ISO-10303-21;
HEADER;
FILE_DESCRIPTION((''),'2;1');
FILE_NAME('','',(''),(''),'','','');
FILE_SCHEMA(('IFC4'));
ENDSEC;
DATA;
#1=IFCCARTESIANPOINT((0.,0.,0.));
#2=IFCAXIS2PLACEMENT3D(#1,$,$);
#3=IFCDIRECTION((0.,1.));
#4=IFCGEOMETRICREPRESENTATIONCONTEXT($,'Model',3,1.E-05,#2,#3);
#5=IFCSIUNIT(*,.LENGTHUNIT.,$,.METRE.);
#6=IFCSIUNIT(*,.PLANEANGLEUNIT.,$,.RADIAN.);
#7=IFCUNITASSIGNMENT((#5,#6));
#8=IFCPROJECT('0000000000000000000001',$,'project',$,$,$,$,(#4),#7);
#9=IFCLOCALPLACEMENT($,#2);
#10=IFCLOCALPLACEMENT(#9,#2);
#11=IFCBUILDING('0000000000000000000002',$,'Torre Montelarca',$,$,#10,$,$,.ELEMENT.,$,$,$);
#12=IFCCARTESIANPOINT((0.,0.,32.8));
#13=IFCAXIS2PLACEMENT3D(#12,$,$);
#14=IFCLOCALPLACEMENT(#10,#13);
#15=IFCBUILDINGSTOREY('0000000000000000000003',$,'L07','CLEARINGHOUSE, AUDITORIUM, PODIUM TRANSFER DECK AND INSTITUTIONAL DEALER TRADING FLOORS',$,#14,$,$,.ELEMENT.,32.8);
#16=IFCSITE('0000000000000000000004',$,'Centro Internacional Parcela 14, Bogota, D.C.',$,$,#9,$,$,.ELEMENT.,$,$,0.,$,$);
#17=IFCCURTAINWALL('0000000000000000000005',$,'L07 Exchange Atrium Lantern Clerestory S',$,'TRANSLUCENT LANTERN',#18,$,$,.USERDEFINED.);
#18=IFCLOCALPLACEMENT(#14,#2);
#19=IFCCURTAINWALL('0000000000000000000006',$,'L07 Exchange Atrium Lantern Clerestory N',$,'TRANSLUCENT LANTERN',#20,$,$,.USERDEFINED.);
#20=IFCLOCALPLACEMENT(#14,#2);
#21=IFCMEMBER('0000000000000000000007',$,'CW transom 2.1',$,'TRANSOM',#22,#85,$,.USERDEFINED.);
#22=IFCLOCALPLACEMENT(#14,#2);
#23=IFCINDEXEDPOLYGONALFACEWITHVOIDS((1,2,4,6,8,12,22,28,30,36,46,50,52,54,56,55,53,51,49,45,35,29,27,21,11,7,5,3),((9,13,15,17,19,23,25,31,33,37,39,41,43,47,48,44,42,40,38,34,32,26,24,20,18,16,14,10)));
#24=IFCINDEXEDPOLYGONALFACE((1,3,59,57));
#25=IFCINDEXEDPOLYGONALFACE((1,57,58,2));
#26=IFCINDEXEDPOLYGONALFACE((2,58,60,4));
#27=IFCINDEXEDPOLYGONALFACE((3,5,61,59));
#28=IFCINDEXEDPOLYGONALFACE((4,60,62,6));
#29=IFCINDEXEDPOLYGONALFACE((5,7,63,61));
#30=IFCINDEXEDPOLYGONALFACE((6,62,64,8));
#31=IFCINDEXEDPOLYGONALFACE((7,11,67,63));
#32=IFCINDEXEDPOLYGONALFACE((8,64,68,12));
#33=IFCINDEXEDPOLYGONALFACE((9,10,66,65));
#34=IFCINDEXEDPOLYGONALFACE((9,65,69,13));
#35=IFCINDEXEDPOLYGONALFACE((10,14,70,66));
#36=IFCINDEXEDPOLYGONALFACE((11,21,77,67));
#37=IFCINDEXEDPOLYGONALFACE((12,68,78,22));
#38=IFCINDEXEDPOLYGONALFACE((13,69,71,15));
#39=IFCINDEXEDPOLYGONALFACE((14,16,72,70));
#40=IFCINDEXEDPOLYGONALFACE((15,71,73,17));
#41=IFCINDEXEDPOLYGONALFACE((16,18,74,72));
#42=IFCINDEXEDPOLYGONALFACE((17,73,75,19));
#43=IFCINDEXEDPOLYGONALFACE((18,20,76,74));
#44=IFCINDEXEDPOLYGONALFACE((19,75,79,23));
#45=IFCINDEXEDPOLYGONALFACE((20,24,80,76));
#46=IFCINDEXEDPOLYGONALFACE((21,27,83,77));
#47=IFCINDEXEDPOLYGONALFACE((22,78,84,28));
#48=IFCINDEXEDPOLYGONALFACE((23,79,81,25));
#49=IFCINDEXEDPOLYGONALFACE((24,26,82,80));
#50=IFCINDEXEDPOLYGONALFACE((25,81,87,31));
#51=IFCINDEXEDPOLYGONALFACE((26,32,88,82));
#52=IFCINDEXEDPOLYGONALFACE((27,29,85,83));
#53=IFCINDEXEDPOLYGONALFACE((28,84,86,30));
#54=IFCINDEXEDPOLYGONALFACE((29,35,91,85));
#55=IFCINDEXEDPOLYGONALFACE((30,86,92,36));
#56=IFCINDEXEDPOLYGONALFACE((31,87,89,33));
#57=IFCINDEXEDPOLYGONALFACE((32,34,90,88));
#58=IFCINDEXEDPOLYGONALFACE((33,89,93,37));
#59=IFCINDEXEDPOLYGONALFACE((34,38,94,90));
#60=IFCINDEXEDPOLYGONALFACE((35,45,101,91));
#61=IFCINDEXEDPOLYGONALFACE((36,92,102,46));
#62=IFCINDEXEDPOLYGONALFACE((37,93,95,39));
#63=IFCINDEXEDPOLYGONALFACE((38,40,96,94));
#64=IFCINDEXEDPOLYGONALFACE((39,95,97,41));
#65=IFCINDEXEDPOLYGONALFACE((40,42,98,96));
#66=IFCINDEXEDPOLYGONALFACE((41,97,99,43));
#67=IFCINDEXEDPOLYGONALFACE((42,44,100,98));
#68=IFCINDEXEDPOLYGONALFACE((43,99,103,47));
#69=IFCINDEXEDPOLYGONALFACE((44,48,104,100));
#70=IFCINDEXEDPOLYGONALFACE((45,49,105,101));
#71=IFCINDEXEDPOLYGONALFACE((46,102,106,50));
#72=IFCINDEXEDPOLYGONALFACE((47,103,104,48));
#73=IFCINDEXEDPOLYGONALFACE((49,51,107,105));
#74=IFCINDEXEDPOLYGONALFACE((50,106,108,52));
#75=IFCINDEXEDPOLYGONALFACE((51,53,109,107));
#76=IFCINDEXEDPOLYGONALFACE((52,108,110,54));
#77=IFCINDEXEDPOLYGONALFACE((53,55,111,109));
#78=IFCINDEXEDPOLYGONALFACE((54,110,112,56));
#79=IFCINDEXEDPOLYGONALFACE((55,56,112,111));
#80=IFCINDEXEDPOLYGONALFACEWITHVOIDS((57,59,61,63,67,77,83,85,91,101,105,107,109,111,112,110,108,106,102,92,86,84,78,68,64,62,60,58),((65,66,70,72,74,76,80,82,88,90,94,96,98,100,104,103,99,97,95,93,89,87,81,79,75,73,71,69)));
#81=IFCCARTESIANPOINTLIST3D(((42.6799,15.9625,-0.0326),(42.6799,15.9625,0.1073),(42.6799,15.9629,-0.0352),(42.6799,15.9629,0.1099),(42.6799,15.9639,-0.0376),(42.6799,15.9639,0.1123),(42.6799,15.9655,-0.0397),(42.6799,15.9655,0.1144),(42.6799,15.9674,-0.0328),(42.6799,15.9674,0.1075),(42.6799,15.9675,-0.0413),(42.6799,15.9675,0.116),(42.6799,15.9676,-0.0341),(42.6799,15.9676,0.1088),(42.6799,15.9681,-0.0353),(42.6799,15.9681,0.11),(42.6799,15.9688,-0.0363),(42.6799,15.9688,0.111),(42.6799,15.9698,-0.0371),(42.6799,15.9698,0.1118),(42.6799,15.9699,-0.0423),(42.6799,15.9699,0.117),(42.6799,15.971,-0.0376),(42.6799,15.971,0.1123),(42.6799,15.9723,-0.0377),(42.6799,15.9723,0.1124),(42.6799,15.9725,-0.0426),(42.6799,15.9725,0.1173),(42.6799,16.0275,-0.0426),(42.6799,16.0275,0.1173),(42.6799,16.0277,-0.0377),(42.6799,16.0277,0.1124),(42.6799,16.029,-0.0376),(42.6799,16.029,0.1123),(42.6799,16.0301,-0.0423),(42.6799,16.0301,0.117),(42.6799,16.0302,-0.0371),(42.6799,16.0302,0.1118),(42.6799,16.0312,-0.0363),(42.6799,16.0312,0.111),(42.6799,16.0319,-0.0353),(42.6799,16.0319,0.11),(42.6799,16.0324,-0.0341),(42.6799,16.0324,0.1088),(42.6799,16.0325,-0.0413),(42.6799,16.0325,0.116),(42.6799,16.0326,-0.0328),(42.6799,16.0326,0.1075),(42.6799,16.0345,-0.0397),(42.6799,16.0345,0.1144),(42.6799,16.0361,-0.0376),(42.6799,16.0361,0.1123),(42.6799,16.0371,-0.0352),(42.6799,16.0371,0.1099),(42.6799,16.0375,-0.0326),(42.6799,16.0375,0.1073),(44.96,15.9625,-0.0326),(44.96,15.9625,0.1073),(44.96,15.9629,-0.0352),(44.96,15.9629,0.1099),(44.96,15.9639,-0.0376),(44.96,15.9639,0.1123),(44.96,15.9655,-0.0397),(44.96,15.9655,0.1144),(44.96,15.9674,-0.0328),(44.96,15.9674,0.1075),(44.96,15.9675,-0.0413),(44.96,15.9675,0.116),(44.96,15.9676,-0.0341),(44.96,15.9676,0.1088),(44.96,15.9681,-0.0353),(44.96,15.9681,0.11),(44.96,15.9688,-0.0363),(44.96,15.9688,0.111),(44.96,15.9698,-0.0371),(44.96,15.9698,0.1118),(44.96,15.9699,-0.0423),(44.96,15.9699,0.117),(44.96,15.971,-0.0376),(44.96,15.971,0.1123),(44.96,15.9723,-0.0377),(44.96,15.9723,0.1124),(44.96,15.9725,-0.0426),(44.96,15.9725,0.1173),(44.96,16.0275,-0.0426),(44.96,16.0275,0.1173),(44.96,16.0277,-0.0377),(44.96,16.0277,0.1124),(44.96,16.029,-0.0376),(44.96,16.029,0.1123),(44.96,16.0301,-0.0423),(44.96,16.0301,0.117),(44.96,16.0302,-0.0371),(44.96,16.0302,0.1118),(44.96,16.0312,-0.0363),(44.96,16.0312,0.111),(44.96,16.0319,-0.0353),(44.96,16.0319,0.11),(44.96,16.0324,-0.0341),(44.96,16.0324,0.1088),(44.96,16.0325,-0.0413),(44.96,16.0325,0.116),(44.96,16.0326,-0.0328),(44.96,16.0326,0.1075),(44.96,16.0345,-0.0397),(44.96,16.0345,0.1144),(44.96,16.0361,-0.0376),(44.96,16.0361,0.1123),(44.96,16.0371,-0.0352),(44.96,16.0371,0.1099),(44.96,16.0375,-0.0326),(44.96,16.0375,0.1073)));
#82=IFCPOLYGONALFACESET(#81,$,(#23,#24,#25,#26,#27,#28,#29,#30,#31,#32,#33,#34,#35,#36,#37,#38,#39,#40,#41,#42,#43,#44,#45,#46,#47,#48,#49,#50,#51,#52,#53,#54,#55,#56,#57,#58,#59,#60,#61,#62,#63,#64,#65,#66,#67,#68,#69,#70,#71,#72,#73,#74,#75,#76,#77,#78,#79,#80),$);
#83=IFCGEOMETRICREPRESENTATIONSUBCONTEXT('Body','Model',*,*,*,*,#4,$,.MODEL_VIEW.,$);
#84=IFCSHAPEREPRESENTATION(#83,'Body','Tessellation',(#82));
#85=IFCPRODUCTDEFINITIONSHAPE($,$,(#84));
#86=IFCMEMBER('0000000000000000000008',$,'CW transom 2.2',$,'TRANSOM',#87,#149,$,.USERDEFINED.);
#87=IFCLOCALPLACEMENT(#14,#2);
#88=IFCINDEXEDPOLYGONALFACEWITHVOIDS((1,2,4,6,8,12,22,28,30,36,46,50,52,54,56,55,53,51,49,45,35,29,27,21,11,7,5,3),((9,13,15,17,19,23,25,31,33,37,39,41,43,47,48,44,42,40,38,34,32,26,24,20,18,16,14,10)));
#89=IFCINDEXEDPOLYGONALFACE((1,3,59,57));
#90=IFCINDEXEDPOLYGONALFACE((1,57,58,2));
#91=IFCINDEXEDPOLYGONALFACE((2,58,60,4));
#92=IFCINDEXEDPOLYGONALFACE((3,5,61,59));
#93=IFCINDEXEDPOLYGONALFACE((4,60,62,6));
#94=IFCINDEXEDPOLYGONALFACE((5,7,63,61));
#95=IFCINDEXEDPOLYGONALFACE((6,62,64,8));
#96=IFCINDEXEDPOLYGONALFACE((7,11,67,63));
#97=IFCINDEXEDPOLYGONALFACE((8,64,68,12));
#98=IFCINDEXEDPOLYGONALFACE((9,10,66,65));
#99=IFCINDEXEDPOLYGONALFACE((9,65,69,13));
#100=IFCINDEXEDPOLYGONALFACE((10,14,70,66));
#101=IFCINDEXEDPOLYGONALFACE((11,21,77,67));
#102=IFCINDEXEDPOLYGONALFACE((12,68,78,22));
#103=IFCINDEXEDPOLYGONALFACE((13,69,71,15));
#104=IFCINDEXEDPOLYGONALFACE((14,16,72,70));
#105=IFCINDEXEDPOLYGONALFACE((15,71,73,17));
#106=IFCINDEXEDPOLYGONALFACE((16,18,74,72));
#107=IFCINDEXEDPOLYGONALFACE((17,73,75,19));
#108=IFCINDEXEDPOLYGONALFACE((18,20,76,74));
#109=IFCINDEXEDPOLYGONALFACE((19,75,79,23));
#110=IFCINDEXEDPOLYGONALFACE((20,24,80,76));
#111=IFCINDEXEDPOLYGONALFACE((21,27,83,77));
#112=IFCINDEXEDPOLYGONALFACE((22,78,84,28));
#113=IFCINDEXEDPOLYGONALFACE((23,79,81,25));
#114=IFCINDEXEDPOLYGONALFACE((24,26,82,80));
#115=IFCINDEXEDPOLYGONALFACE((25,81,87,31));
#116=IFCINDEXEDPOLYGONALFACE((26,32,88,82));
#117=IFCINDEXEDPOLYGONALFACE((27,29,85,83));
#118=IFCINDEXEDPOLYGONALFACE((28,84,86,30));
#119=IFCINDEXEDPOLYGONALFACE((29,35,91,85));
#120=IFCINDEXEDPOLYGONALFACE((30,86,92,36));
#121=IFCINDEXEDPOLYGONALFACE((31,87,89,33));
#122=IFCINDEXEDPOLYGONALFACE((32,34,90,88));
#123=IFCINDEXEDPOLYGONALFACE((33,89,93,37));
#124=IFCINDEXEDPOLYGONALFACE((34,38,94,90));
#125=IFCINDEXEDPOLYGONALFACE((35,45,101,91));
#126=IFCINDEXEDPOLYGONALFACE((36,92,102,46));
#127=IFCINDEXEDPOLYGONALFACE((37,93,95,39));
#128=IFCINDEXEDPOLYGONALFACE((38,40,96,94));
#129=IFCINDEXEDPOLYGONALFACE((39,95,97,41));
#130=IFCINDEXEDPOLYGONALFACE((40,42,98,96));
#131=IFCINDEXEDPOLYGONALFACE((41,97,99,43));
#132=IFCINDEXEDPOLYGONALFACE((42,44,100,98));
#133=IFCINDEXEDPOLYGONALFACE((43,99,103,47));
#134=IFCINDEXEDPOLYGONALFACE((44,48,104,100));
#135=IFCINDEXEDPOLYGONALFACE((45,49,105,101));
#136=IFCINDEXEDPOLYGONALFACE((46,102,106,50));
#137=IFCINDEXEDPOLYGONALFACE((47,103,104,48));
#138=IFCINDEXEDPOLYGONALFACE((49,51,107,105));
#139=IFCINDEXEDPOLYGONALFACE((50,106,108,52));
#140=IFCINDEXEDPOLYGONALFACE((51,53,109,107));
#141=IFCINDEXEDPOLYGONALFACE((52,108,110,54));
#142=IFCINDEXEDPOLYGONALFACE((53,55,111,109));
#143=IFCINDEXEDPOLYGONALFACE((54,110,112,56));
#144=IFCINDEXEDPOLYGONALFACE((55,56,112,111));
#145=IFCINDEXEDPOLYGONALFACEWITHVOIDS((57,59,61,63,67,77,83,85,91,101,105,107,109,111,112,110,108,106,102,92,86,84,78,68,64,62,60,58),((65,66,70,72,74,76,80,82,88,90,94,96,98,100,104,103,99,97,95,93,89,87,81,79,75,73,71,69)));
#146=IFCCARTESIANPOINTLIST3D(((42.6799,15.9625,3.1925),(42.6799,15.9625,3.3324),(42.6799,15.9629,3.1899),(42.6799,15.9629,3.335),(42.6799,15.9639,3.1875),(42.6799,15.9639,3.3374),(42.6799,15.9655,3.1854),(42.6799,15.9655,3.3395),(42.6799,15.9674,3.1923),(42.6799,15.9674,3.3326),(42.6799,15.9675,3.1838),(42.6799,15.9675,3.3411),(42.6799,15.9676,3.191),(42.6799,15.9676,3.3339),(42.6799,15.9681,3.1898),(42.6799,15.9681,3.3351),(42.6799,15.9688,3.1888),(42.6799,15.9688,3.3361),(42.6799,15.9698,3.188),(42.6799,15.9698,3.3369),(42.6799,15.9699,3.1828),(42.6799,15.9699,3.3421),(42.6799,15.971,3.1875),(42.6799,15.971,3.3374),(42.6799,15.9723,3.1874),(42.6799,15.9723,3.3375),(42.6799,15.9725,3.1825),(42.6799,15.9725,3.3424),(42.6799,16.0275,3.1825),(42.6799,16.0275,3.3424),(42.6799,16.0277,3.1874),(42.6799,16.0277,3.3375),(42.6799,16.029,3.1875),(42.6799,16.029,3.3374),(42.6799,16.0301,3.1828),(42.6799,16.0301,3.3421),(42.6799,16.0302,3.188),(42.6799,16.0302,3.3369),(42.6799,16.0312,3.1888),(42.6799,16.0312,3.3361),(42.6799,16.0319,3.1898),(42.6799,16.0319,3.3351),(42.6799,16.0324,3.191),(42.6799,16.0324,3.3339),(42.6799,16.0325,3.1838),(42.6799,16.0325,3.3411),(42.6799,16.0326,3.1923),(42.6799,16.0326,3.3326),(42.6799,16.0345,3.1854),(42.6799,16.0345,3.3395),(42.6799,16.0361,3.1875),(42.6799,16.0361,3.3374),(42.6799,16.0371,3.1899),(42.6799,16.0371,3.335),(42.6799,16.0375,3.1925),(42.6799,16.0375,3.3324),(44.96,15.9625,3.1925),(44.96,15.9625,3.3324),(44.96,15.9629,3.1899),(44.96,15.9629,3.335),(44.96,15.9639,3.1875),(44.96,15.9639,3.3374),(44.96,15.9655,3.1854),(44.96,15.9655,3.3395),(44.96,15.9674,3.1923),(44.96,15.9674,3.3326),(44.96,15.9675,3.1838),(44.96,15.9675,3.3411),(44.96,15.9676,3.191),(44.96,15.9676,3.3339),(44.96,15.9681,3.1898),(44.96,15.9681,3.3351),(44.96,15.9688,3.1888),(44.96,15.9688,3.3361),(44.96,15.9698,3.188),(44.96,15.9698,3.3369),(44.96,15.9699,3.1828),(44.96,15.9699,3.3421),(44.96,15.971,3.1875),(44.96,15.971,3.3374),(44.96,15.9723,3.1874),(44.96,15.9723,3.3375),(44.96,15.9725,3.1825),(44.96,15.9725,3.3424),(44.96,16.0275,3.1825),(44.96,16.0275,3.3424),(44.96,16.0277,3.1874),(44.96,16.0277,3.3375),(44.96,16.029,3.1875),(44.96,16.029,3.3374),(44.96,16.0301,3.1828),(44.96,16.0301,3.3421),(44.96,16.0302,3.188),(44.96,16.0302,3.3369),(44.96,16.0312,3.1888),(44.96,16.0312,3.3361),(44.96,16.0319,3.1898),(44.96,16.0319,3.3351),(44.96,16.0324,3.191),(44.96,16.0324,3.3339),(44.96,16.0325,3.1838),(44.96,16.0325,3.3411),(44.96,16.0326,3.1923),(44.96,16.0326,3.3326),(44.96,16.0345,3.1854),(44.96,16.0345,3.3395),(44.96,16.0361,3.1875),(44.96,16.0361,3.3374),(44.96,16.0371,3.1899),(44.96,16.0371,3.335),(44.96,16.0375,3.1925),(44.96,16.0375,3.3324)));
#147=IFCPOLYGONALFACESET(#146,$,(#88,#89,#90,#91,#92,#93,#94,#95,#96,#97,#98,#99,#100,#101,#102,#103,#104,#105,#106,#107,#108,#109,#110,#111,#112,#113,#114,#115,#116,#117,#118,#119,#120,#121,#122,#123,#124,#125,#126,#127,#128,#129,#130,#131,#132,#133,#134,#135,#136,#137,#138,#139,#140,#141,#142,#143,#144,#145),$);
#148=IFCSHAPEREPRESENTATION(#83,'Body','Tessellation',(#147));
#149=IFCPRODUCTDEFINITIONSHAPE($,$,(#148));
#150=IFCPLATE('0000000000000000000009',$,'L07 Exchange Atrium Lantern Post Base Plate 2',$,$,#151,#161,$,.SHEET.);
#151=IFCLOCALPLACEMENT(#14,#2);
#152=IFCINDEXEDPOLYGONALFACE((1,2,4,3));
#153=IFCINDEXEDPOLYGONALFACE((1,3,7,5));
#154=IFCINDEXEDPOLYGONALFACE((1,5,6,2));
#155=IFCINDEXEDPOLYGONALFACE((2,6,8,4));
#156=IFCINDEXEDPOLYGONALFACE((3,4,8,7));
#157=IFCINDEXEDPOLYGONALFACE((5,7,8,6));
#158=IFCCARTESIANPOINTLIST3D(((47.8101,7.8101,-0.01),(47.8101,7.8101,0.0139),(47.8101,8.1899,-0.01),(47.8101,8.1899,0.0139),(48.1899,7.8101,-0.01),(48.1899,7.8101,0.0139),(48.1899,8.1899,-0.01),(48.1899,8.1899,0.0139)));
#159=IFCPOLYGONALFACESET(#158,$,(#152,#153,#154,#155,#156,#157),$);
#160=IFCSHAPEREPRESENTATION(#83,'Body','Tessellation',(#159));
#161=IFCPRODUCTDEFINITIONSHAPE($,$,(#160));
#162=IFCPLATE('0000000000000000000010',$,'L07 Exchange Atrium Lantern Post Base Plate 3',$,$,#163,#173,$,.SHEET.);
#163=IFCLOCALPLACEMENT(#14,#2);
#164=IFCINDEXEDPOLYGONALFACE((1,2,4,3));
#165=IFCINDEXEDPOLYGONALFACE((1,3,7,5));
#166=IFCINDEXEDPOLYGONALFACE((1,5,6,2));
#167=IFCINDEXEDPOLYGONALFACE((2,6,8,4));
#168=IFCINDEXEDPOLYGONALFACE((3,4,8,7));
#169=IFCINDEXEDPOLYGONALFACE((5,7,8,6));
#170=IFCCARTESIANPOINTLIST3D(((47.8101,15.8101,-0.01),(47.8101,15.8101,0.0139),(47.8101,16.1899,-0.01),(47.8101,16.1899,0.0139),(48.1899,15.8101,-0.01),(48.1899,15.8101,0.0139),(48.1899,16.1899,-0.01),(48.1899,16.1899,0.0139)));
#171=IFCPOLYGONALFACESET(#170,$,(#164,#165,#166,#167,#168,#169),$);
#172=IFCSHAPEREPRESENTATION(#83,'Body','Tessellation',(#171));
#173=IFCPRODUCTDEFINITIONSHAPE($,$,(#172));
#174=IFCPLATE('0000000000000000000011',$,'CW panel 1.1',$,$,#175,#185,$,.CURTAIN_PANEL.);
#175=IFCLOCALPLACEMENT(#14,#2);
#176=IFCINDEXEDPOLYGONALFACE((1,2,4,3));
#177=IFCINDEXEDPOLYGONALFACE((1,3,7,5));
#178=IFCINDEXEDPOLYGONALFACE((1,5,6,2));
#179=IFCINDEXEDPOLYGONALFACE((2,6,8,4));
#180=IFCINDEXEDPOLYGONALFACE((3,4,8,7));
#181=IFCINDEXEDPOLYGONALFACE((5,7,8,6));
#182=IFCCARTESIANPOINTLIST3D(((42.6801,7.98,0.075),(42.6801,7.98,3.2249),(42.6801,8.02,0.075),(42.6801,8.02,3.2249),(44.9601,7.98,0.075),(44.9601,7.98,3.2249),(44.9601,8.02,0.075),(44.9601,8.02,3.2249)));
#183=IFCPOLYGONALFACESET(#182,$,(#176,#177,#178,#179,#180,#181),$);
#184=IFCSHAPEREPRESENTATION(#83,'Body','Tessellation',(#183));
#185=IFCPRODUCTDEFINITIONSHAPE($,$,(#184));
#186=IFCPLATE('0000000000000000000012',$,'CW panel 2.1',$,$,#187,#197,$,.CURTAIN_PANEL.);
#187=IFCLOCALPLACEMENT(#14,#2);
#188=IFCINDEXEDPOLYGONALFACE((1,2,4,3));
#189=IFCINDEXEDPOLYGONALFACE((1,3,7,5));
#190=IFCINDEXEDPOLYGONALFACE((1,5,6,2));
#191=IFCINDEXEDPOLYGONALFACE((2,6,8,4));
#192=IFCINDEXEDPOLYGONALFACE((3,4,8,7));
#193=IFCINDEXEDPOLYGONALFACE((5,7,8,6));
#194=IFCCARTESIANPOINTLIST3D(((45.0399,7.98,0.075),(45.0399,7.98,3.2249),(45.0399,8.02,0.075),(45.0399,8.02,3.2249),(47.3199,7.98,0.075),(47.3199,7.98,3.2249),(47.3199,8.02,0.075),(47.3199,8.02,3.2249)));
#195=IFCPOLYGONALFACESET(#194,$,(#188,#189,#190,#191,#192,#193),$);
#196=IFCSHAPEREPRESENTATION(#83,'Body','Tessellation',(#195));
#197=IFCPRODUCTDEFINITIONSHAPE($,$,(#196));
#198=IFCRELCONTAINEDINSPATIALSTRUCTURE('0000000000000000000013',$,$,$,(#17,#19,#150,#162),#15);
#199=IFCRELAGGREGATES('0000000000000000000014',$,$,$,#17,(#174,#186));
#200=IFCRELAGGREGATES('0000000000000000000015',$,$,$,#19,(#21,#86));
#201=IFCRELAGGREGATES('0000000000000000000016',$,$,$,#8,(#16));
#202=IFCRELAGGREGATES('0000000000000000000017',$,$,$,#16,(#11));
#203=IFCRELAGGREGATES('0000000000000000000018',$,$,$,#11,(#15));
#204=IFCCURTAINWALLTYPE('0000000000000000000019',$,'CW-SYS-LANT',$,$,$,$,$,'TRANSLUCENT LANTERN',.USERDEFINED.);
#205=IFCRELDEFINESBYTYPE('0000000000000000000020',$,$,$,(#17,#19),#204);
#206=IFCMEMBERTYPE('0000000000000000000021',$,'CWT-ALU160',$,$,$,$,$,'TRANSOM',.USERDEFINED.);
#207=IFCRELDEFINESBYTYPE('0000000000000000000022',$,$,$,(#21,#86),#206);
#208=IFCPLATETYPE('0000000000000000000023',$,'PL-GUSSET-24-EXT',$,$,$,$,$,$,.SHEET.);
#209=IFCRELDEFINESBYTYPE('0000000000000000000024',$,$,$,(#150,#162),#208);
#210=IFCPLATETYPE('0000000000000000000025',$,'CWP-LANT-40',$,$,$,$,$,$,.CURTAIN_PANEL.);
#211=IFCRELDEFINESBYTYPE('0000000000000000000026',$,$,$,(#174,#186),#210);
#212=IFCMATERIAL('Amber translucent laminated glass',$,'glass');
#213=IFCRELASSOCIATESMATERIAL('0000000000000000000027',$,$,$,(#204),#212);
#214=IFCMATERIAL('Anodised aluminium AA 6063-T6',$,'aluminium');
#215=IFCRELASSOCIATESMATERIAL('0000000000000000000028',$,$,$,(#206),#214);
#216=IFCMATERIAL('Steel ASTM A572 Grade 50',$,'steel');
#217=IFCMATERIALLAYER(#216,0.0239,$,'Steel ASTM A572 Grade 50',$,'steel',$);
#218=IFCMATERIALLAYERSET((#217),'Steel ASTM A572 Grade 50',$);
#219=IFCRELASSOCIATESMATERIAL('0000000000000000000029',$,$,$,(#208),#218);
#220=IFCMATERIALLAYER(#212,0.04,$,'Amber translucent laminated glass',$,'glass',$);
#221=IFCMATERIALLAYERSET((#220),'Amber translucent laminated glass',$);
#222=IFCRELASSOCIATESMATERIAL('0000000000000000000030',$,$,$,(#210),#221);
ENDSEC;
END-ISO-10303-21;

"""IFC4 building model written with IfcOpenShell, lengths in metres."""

from ifc_helpers import new_model, si_unit, direction, frame, origin, origin_2d, place, context, subcontext, project, spatial, rectangle, hollow_rectangle, extrude, source, transform, mapped, material, layer, layer_set, material_profile, profile_set, type_object, element, aggregate, save


model = new_model("IFC4")

# Units and contexts
model_context = context("Model", 3, precision=1e-05, world=origin(), true_north=direction((0.0, 1.0)))
body_context = subcontext(model_context, "Body", "Model", "MODEL_VIEW")
ifc_project = project(units=[si_unit("LENGTHUNIT", "METRE"), si_unit("PLANEANGLEUNIT", "RADIAN")], contexts=[model_context])

# Site, building, storey
site_placement = place(None, origin())
site = spatial("IfcSite", under=ifc_project, at=site_placement, Name="Centro Internacional Parcela 14, Bogota, D.C.", CompositionType="ELEMENT", RefElevation=0.0)
building_placement = place(site_placement, origin())
building = spatial("IfcBuilding", under=site, at=building_placement, Name="Torre Montelarca", CompositionType="ELEMENT")
storey_placement = place(building_placement, frame((0.0, 0.0, 32.8)))
storey = spatial("IfcBuildingStorey", under=building, at=storey_placement, Name="L07", Description="CLEARINGHOUSE, AUDITORIUM, PODIUM TRANSFER DECK AND INSTITUTIONAL DEALER TRADING FLOORS", CompositionType="ELEMENT", Elevation=32.8)

# Curtain walls
ifc_material_1 = material(Name="Amber translucent laminated glass", Category="glass")
curtain_wall_type = type_object("IfcCurtainWallType", Name="CW-SYS-LANT", ElementType="TRANSLUCENT LANTERN", PredefinedType="USERDEFINED", material=ifc_material_1)
curtain_wall_1_placement = place(storey_placement, origin())
curtain_wall_1 = element("IfcCurtainWall", 1, at=curtain_wall_1_placement, inside=storey, type_object=curtain_wall_type, Name="L07 Exchange Atrium Lantern Clerestory S", ObjectType="TRANSLUCENT LANTERN", PredefinedType="USERDEFINED")
ifc_material_2 = material(Name="Anodised aluminium AA 6063-T6", Category="aluminium")
curtain_wall_2_placement = place(storey_placement, origin())
curtain_wall_2 = element("IfcCurtainWall", 2, at=curtain_wall_2_placement, inside=storey, type_object=curtain_wall_type, Name="L07 Exchange Atrium Lantern Clerestory N", ObjectType="TRANSLUCENT LANTERN", PredefinedType="USERDEFINED")

# Members
ifc_material_profile_1 = material_profile(ifc_material_2, hollow_rectangle(XDim=0.075, YDim=0.1599, WallThickness=0.0049, InnerFilletRadius=0.0049, OuterFilletRadius=0.01, at=origin_2d()), Name="ALU75X160X5", Category="aluminium")
ifc_profile_set_1 = profile_set([ifc_material_profile_1], Name="Anodised aluminium AA 6063-T6")
member_type_1 = type_object("IfcMemberType", Name="CWT-ALU160", ElementType="TRANSOM", PredefinedType="USERDEFINED", material=ifc_profile_set_1)
shared_shape_1 = source(origin(), body_context, "Body", "SweptSolid", [
    extrude(hollow_rectangle(XDim=0.075, YDim=0.1599, WallThickness=0.0049, InnerFilletRadius=0.0049, OuterFilletRadius=0.01, at=origin_2d()), origin(), (0.0, 0.0, 1.0), 2.28),
])
member_1_placement = place(storey_placement, frame((44.96, 16.0, 0.0374), z_axis=(-1.0, 0.0, 0.0), x_axis=(0.0, -1.0, 0.0)))
member_1 = element("IfcMember", 3, at=member_1_placement, type_object=member_type_1, Name="CW transom 2.1", ObjectType="TRANSOM", PredefinedType="USERDEFINED", context=body_context, shape_type="MappedRepresentation", body=[
    mapped(shared_shape_1, transform((0.0, 0.0, 0.0), scale=1.0)),
])
member_2_placement = place(storey_placement, frame((44.96, 16.0, 3.2625), z_axis=(-1.0, 0.0, 0.0), x_axis=(0.0, -1.0, 0.0)))
member_2 = element("IfcMember", 4, at=member_2_placement, type_object=member_type_1, Name="CW transom 2.2", ObjectType="TRANSOM", PredefinedType="USERDEFINED", context=body_context, shape_type="MappedRepresentation", body=[
    mapped(shared_shape_1, transform((0.0, 0.0, 0.0), scale=1.0)),
])

# Plates
ifc_material_3 = material(Name="Steel ASTM A572 Grade 50", Category="steel")
ifc_layer_1 = layer(ifc_material_3, 0.0239, Name="Steel ASTM A572 Grade 50", Category="steel")
ifc_layer_set_1 = layer_set([ifc_layer_1], Name="Steel ASTM A572 Grade 50")
plate_type_1 = type_object("IfcPlateType", Name="PL-GUSSET-24-EXT", PredefinedType="SHEET", material=ifc_layer_set_1)
shared_shape_2 = source(origin(), body_context, "Body", "SweptSolid", [
    extrude(rectangle(XDim=0.3799, YDim=0.3799, at=origin_2d()), origin(), (0.0, 0.0, 1.0), 0.0239),
])
for number, where, z_axis, x_axis, name in (
    (5, (48.0, 8.0, -0.01), (0.0, 0.0, 1.0), (1.0, 0.0, 0.0), "L07 Exchange Atrium Lantern Post Base Plate 2"),
    (6, (48.0, 16.0, -0.01), (0.0, 0.0, 1.0), (1.0, 0.0, 0.0), "L07 Exchange Atrium Lantern Post Base Plate 3"),
):
    element("IfcPlate", number, at=place(storey_placement, frame(where, z_axis=z_axis, x_axis=x_axis)), inside=storey, type_object=plate_type_1, Name=name, PredefinedType="SHEET", context=body_context, shape_type="MappedRepresentation", body=[
        mapped(shared_shape_2, transform((0.0, 0.0, 0.0), scale=1.0)),
    ])

# Plates
ifc_layer_2 = layer(ifc_material_1, 0.04, Name="Amber translucent laminated glass", Category="glass")
ifc_layer_set_2 = layer_set([ifc_layer_2], Name="Amber translucent laminated glass")
plate_type_2 = type_object("IfcPlateType", Name="CWP-LANT-40", PredefinedType="CURTAIN_PANEL", material=ifc_layer_set_2)
shared_shape_3 = source(origin(), body_context, "Body", "SweptSolid", [
    extrude(rectangle(XDim=2.28, YDim=0.04, at=origin_2d()), origin(), (0.0, 0.0, 1.0), 3.1499),
])
plate_1_placement = place(storey_placement, frame((43.8201, 8.0, 0.075), z_axis=(0.0, 0.0, 1.0), x_axis=(1.0, 0.0, 0.0)))
plate_1 = element("IfcPlate", 7, at=plate_1_placement, type_object=plate_type_2, Name="CW panel 1.1", PredefinedType="CURTAIN_PANEL", context=body_context, shape_type="MappedRepresentation", body=[
    mapped(shared_shape_3, transform((0.0, 0.0, 0.0), scale=1.0)),
])
plate_2_placement = place(storey_placement, frame((46.1799, 8.0, 0.075), z_axis=(0.0, 0.0, 1.0), x_axis=(1.0, 0.0, 0.0)))
plate_2 = element("IfcPlate", 8, at=plate_2_placement, type_object=plate_type_2, Name="CW panel 2.1", PredefinedType="CURTAIN_PANEL", context=body_context, shape_type="MappedRepresentation", body=[
    mapped(shared_shape_3, transform((0.0, 0.0, 0.0), scale=1.0)),
])
aggregate(curtain_wall_1, [plate_1, plate_2])
aggregate(curtain_wall_2, [member_1, member_2])

save(model, "model.ifc")
